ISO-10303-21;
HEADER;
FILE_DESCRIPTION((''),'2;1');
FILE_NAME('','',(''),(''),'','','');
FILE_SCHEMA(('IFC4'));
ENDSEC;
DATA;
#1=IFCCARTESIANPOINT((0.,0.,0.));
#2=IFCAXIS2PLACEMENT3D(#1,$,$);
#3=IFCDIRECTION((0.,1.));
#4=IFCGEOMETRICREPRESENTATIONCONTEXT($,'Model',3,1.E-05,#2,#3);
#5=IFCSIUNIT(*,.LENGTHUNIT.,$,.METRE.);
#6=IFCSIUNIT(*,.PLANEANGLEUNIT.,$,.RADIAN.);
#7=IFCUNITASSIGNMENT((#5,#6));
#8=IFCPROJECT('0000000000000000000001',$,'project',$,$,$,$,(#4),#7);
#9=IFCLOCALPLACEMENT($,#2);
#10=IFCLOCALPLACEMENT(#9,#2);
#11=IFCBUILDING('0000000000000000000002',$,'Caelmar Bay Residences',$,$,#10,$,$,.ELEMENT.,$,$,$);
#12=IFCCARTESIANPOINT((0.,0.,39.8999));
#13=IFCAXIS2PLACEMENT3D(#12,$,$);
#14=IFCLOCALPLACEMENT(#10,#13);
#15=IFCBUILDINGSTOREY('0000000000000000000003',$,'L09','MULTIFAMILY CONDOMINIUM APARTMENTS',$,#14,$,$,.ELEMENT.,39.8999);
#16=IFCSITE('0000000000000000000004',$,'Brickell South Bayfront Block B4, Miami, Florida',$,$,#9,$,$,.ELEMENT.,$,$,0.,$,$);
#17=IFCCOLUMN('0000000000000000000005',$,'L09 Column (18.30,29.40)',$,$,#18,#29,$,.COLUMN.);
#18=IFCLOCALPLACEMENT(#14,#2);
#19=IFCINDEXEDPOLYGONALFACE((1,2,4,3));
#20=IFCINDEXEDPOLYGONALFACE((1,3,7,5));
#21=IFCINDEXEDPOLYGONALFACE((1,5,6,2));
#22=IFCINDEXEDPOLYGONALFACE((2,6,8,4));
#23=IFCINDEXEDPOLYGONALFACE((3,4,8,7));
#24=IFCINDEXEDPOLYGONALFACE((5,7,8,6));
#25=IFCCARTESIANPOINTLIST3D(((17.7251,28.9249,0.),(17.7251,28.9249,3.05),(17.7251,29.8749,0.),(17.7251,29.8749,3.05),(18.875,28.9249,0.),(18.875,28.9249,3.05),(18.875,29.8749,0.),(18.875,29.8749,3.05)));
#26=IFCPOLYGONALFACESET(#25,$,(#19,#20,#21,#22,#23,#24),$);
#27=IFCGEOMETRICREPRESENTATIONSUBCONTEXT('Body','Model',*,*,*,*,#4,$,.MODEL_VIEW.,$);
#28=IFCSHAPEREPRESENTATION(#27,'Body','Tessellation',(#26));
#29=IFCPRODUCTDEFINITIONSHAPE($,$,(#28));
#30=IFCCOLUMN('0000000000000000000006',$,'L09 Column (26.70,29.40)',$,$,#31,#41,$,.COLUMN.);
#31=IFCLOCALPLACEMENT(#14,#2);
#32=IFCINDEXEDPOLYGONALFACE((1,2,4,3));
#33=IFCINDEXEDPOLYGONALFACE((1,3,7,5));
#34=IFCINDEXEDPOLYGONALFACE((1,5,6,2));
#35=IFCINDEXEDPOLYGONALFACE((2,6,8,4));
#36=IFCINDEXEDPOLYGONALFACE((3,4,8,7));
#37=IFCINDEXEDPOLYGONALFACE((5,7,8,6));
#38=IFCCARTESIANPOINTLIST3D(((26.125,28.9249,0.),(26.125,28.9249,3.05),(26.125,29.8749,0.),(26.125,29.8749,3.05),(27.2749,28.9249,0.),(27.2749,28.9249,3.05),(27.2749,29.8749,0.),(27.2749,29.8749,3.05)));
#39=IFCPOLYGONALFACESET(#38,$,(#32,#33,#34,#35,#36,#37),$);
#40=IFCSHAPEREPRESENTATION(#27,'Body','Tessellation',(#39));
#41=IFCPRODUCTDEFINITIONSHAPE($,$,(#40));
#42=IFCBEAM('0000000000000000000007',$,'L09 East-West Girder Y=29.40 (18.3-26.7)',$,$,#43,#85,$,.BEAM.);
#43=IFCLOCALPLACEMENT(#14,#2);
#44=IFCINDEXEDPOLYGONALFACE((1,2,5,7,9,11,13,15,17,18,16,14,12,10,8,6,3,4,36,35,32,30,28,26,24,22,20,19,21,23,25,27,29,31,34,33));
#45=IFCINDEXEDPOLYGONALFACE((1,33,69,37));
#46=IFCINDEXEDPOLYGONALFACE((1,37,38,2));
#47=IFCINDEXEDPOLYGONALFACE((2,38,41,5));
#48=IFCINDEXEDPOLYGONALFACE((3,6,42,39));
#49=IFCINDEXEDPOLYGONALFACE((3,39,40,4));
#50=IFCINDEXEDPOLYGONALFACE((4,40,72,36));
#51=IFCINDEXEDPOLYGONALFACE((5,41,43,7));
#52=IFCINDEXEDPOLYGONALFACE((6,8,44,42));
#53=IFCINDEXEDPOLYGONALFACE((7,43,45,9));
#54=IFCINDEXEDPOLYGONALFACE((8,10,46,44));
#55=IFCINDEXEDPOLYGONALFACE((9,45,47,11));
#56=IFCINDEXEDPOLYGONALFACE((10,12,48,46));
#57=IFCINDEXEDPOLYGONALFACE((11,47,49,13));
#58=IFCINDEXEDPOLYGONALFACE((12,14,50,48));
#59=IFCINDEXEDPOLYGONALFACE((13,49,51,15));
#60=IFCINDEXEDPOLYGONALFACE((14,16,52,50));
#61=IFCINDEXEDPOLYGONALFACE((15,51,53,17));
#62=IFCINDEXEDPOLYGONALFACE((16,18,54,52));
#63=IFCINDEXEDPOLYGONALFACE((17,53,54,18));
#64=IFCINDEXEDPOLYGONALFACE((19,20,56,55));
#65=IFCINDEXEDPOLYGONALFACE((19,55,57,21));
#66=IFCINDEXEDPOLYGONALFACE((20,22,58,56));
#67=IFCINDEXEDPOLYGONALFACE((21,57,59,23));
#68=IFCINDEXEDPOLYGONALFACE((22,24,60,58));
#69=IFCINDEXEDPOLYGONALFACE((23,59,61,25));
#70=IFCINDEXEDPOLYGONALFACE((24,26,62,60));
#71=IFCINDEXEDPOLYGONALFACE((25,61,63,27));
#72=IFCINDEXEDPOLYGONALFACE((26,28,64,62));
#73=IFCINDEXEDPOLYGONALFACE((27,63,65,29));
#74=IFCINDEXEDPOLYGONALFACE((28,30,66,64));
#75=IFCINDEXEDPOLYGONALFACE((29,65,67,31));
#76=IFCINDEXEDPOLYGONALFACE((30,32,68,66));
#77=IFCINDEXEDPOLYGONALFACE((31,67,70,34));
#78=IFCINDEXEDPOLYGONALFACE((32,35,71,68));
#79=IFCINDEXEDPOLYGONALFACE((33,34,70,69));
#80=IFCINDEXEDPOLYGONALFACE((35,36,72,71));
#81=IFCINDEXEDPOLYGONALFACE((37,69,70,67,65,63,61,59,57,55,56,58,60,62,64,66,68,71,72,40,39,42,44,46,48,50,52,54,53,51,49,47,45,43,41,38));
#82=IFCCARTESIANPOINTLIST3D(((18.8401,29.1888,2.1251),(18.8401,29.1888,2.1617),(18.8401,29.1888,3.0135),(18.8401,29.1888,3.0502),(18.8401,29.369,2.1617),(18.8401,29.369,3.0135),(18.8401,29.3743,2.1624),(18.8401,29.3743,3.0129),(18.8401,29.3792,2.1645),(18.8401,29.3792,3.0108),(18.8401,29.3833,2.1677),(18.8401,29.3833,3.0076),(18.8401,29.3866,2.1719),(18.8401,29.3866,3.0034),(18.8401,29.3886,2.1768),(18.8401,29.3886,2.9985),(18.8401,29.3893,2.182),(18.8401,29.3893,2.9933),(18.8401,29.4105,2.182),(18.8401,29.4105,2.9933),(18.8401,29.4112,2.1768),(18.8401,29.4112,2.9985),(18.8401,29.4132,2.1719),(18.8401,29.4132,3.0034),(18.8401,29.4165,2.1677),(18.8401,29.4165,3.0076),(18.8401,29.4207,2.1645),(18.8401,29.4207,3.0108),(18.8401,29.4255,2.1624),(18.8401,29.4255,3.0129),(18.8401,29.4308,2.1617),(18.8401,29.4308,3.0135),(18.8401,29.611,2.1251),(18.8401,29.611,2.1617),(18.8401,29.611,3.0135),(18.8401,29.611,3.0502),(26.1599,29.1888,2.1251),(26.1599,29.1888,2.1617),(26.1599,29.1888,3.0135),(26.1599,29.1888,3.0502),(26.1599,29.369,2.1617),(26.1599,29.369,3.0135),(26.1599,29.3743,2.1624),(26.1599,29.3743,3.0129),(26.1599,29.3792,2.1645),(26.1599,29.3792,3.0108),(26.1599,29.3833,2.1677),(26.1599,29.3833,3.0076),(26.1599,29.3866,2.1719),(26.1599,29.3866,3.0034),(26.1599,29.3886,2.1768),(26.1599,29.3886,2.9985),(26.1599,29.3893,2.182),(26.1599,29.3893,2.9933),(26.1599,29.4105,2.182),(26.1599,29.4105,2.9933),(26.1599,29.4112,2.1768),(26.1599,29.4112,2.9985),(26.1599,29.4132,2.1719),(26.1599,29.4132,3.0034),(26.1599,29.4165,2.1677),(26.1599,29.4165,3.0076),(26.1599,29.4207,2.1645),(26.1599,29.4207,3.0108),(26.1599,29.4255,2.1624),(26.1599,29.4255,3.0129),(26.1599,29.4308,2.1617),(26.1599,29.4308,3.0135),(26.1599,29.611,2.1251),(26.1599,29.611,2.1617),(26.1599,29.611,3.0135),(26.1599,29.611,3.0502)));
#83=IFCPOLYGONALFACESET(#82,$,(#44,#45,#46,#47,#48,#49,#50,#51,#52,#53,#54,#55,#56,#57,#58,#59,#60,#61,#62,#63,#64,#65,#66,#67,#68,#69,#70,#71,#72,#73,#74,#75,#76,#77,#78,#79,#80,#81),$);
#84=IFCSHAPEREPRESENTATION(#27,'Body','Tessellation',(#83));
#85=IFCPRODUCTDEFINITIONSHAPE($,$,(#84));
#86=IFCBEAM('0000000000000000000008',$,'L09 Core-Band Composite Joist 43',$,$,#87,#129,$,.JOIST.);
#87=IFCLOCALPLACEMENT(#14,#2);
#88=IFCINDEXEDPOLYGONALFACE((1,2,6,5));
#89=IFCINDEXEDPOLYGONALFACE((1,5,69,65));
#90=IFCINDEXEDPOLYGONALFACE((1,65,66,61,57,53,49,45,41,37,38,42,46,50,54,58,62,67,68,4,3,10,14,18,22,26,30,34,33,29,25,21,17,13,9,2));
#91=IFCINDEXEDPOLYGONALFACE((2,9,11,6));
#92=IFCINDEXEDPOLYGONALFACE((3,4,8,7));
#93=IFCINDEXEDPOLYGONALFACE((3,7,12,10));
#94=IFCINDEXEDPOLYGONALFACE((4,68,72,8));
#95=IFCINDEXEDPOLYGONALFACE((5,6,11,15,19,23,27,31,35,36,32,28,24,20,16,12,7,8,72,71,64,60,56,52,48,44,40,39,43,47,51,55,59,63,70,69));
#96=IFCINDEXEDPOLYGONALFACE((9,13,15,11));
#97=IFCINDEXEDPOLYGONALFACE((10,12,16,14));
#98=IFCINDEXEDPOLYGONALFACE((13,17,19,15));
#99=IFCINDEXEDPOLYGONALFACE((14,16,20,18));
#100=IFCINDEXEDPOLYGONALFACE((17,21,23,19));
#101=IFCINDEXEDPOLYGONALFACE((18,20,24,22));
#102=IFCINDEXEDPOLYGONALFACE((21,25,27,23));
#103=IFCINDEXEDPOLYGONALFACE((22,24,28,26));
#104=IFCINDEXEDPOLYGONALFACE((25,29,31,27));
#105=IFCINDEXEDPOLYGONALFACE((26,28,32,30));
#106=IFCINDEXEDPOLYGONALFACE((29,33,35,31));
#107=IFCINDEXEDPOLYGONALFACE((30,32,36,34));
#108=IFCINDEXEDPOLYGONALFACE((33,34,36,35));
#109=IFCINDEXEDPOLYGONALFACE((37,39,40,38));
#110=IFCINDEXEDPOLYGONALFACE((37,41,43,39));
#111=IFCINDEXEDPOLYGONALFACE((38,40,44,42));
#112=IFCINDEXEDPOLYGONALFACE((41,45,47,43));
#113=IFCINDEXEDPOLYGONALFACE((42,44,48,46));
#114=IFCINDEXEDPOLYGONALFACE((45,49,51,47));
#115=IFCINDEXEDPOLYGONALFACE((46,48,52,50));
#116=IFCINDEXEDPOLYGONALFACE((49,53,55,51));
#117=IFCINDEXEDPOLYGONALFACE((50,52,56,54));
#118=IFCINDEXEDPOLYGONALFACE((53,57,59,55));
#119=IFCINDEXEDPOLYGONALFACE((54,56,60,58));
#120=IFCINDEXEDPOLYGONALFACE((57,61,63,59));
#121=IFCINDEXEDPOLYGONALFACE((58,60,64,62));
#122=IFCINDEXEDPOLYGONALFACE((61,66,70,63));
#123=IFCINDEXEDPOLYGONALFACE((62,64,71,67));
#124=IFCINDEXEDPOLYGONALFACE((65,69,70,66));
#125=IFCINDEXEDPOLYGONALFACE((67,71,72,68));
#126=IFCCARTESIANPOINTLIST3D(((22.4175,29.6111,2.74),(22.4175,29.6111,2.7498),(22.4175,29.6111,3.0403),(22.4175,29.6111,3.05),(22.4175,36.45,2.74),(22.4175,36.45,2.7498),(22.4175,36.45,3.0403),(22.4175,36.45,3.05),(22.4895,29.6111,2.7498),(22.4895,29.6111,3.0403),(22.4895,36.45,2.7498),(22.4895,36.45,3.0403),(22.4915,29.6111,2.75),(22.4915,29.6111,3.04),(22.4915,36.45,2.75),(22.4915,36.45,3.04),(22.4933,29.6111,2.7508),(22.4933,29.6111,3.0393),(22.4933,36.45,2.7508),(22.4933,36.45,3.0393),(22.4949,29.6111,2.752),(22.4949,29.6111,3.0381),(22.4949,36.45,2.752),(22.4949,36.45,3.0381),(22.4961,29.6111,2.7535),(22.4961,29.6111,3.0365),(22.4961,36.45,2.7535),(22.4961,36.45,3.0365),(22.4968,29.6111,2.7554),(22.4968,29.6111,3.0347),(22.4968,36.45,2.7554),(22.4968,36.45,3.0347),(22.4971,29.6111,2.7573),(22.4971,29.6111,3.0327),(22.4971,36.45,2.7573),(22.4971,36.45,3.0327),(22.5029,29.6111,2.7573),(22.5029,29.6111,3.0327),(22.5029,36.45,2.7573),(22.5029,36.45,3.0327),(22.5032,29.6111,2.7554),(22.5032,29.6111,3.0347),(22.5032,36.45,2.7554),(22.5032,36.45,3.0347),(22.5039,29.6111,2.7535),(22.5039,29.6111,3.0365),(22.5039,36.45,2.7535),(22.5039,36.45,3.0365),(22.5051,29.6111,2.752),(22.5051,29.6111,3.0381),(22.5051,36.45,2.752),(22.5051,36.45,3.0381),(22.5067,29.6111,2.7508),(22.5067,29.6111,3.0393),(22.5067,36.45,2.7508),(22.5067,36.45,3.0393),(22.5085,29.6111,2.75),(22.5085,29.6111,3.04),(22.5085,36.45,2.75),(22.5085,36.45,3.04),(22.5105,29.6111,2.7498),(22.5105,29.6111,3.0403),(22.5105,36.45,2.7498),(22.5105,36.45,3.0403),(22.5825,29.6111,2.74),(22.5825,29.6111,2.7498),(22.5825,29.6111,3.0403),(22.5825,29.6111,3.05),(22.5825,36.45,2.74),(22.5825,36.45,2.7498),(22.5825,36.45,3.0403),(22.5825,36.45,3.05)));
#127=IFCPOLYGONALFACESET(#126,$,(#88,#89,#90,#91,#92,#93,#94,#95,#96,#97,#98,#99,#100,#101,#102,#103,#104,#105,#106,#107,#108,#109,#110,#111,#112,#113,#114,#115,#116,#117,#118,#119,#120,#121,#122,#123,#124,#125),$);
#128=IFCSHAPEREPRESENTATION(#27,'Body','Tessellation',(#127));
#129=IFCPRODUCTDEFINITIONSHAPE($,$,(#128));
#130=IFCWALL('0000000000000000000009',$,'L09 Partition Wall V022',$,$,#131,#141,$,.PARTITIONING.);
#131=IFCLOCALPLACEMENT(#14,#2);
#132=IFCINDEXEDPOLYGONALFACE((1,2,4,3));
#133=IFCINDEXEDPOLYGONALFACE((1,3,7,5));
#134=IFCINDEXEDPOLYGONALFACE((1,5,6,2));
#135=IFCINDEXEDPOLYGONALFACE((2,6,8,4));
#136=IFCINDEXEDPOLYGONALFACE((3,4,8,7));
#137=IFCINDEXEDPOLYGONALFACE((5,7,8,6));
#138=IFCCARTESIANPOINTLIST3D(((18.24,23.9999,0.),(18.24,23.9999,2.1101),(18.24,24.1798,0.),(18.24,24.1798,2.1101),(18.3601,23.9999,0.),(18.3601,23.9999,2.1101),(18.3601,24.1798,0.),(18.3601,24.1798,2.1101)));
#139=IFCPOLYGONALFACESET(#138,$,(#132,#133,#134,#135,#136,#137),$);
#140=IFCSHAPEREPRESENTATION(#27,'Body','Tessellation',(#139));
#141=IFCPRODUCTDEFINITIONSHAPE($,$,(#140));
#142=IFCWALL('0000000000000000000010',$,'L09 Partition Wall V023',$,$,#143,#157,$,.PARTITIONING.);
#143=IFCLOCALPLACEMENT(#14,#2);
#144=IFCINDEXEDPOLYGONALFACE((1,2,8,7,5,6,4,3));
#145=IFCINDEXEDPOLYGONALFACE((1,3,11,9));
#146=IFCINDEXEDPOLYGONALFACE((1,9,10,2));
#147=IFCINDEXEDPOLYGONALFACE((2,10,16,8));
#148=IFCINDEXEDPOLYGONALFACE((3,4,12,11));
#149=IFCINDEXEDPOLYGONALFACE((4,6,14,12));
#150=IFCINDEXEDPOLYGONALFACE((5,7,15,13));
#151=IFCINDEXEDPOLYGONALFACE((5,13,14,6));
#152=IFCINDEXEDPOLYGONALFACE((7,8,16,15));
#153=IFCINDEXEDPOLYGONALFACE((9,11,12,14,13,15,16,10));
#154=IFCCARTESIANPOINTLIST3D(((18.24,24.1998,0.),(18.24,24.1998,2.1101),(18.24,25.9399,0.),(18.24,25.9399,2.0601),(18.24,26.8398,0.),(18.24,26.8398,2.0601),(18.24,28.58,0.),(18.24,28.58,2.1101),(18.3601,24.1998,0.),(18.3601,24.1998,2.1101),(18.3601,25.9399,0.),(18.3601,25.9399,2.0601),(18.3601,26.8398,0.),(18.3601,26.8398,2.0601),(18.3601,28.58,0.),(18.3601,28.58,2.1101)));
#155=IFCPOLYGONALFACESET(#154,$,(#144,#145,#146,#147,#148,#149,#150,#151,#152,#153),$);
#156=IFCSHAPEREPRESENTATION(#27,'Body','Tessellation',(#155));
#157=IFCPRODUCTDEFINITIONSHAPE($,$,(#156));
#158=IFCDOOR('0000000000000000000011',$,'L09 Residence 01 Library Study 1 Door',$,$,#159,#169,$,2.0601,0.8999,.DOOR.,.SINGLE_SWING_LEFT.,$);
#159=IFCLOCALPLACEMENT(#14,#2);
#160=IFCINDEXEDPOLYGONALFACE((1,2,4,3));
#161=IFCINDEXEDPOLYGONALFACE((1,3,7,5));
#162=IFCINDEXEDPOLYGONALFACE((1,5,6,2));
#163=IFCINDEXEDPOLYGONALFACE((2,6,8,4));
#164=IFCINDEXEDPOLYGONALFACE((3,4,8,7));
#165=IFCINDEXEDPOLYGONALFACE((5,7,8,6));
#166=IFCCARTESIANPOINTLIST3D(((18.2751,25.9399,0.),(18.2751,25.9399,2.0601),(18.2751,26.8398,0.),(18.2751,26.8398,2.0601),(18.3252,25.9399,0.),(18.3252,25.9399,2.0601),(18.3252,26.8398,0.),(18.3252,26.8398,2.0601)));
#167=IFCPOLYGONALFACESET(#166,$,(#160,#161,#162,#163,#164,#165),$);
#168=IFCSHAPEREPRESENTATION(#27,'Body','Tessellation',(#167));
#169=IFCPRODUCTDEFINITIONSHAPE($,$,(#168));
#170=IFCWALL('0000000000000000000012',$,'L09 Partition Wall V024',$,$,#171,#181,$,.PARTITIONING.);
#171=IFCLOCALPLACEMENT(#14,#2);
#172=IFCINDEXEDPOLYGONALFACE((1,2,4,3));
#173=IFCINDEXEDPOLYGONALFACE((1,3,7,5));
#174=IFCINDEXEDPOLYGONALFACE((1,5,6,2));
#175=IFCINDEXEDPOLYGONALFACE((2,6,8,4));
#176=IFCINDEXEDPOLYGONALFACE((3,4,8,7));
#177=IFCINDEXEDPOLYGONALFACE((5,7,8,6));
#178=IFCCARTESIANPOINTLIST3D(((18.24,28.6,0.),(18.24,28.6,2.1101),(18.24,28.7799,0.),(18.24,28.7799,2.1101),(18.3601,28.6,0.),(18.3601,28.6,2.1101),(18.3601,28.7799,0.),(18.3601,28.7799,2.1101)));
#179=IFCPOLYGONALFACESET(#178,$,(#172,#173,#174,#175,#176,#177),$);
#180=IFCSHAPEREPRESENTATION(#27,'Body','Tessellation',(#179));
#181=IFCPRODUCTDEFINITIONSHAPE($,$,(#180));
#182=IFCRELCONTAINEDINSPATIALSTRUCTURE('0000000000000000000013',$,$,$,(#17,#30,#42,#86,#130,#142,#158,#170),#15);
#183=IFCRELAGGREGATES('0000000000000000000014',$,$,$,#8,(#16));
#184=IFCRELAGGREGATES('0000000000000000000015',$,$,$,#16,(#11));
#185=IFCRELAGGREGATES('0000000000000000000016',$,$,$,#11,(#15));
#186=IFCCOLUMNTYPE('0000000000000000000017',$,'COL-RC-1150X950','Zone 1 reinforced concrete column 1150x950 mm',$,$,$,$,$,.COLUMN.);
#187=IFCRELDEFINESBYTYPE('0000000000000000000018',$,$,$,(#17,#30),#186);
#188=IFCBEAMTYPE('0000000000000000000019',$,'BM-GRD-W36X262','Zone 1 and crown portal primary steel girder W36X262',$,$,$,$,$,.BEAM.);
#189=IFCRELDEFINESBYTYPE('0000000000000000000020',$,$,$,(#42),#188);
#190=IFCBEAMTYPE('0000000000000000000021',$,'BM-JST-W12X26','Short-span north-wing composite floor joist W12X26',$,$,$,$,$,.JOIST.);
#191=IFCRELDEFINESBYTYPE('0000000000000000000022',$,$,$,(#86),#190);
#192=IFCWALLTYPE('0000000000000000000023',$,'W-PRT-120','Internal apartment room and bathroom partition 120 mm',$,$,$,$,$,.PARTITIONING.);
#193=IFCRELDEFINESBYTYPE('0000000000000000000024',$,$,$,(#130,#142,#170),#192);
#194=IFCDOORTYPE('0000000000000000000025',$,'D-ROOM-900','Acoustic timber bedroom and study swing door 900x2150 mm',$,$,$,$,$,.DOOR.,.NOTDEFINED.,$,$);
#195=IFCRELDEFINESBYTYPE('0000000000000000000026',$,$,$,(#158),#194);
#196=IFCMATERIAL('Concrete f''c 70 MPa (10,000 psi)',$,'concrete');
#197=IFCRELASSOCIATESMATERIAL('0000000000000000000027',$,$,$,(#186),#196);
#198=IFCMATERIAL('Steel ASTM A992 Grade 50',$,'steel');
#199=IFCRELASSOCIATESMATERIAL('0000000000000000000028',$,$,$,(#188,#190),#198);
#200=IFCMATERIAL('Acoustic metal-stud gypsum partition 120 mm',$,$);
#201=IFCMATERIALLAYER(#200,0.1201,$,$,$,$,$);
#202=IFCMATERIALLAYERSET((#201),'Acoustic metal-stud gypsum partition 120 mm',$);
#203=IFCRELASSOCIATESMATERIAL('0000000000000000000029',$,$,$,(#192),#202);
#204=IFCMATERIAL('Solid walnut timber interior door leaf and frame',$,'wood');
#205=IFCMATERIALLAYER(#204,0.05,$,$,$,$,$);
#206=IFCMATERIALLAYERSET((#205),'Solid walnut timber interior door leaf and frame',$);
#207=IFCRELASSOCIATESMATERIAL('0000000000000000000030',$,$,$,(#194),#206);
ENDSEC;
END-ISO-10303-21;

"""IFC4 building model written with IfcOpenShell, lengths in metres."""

from ifc_helpers import new_model, si_unit, direction, frame, frame_2d, origin, origin_2d, place, context, subcontext, project, spatial, rectangle, i_section, extrude, material, layer, layer_set, material_profile, profile_set, type_object, element, fill, save


model = new_model("IFC4")

# Units and contexts
model_context = context("Model", 3, precision=1e-05, world=origin(), true_north=direction((0.0, 1.0)))
body_context = subcontext(model_context, "Body", "Model", "MODEL_VIEW")
ifc_project = project(units=[si_unit("LENGTHUNIT", "METRE"), si_unit("PLANEANGLEUNIT", "RADIAN")], contexts=[model_context])

# Site, building, storey
site_placement = place(None, origin())
site = spatial("IfcSite", under=ifc_project, at=site_placement, Name="Brickell South Bayfront Block B4, Miami, Florida", CompositionType="ELEMENT", RefElevation=0.0)
building_placement = place(site_placement, origin())
building = spatial("IfcBuilding", under=site, at=building_placement, Name="Caelmar Bay Residences", CompositionType="ELEMENT")
storey_placement = place(building_placement, frame((0.0, 0.0, 39.8999)))
storey = spatial("IfcBuildingStorey", under=building, at=storey_placement, Name="L09", Description="MULTIFAMILY CONDOMINIUM APARTMENTS", CompositionType="ELEMENT", Elevation=39.8999)

# Columns
ifc_material_1 = material(Name="Concrete f'c 70 MPa (10,000 psi)", Category="concrete")
ifc_material_profile_1 = material_profile(ifc_material_1, rectangle(XDim=1.1499, YDim=0.95, at=origin_2d()), Name="RC-COL-1150X950")
ifc_profile_set_1 = profile_set([ifc_material_profile_1], Name="Concrete f'c 70 MPa (10,000 psi)")
column_type = type_object("IfcColumnType", Name="COL-RC-1150X950", Description="Zone 1 reinforced concrete column 1150x950 mm", PredefinedType="COLUMN", material=ifc_profile_set_1)
for number, where, z_axis, x_axis, name in (
    (1, (18.3, 29.3999, 0.0), (0.0, 0.0, 1.0), (1.0, 0.0, 0.0), "L09 Column (18.30,29.40)"),
    (2, (26.7, 29.3999, 0.0), (0.0, 0.0, 1.0), (1.0, 0.0, 0.0), "L09 Column (26.70,29.40)"),
):
    element("IfcColumn", number, at=place(storey_placement, frame(where, z_axis=z_axis, x_axis=x_axis)), inside=storey, type_object=column_type, Name=name, PredefinedType="COLUMN", context=body_context, shape_type="SweptSolid", body=[
        extrude(rectangle(XDim=1.1499, YDim=0.95, at=origin_2d()), origin(), (0.0, 0.0, 1.0), 3.05),
    ])

# Beams
ifc_material_2 = material(Name="Steel ASTM A992 Grade 50", Category="steel")
ifc_material_profile_2 = material_profile(ifc_material_2, i_section(OverallWidth=0.4221, OverallDepth=0.925, WebThickness=0.0212, FlangeThickness=0.0366, FilletRadius=0.0203, at=origin_2d()), Name="W36X262")
ifc_profile_set_2 = profile_set([ifc_material_profile_2], Name="Steel ASTM A992 Grade 50")
beam_type_1 = type_object("IfcBeamType", Name="BM-GRD-W36X262", Description="Zone 1 and crown portal primary steel girder W36X262", PredefinedType="BEAM", material=ifc_profile_set_2)
beam_1_placement = place(storey_placement, frame((18.8401, 29.3999, 2.5876), z_axis=(1.0, 0.0, 0.0), x_axis=(0.0, 1.0, 0.0)))
element("IfcBeam", 3, at=beam_1_placement, inside=storey, type_object=beam_type_1, Name="L09 East-West Girder Y=29.40 (18.3-26.7)", PredefinedType="BEAM", context=body_context, shape_type="SweptSolid", body=[
    extrude(i_section(OverallWidth=0.4221, OverallDepth=0.925, WebThickness=0.0212, FlangeThickness=0.0366, FilletRadius=0.0203, at=origin_2d()), origin(), (0.0, 0.0, 1.0), 7.3198),
])
ifc_material_profile_3 = material_profile(ifc_material_2, i_section(OverallWidth=0.165, OverallDepth=0.3101, WebThickness=0.0059, FlangeThickness=0.0098, FilletRadius=0.0076, at=origin_2d()), Name="W12X26")
ifc_profile_set_3 = profile_set([ifc_material_profile_3], Name="Steel ASTM A992 Grade 50")
beam_type_2 = type_object("IfcBeamType", Name="BM-JST-W12X26", Description="Short-span north-wing composite floor joist W12X26", PredefinedType="JOIST", material=ifc_profile_set_3)
beam_2_placement = place(storey_placement, frame((22.5, 29.6111, 2.895), z_axis=(0.0, 1.0, 0.0), x_axis=(-1.0, 0.0, 0.0)))
element("IfcBeam", 4, at=beam_2_placement, inside=storey, type_object=beam_type_2, Name="L09 Core-Band Composite Joist 43", PredefinedType="JOIST", context=body_context, shape_type="SweptSolid", body=[
    extrude(i_section(OverallWidth=0.165, OverallDepth=0.3101, WebThickness=0.0059, FlangeThickness=0.0098, FilletRadius=0.0076, at=origin_2d()), origin(), (0.0, 0.0, 1.0), 6.8389),
])

# Wall
ifc_material_3 = material(Name="Acoustic metal-stud gypsum partition 120 mm")
ifc_layer_1 = layer(ifc_material_3, 0.1201)
ifc_layer_set_1 = layer_set([ifc_layer_1], Name="Acoustic metal-stud gypsum partition 120 mm")
wall_type_1 = type_object("IfcWallType", Name="W-PRT-120", Description="Internal apartment room and bathroom partition 120 mm", PredefinedType="PARTITIONING", material=ifc_layer_set_1)
wall_1_placement = place(storey_placement, frame((18.3, 24.0, 0.0), z_axis=(0.0, 0.0, 1.0), x_axis=(0.0, 1.0, 0.0)))
element("IfcWall", 5, at=wall_1_placement, inside=storey, type_object=wall_type_1, Name="L09 Partition Wall V022", PredefinedType="PARTITIONING", context=body_context, shape_type="SweptSolid", body=[
    extrude(rectangle(XDim=0.1799, YDim=0.1201, at=frame_2d((0.0898, 0.0))), origin(), (0.0, 0.0, 1.0), 2.1101),
])

# Wall, opening, door
wall_2_placement = place(storey_placement, frame((18.3, 24.2, 0.0), z_axis=(0.0, 0.0, 1.0), x_axis=(0.0, 1.0, 0.0)))
wall_2 = element("IfcWall", 6, at=wall_2_placement, inside=storey, type_object=wall_type_1, Name="L09 Partition Wall V023", PredefinedType="PARTITIONING", context=body_context, shape_type="SweptSolid", body=[
    extrude(rectangle(XDim=4.3801, YDim=0.1201, at=frame_2d((2.1899, 0.0))), origin(), (0.0, 0.0, 1.0), 2.1101),
])
opening_1_placement = place(wall_2_placement, frame((1.74, 0.0, 0.0)))
opening_1 = element("IfcOpeningElement", 7, at=opening_1_placement, cuts=wall_2, PredefinedType="OPENING", context=body_context, shape_type="SweptSolid", body=[
    extrude(rectangle(XDim=0.8999, YDim=2.0601, at=frame_2d((0.45, 1.03))), frame((0.0, 0.0701, 0.0), z_axis=(0.0, -1.0, 0.0), x_axis=(1.0, 0.0, 0.0)), (0.0, 0.0, 1.0), 0.1401),
])
ifc_material_4 = material(Name="Solid walnut timber interior door leaf and frame", Category="wood")
ifc_layer_2 = layer(ifc_material_4, 0.05)
ifc_layer_set_2 = layer_set([ifc_layer_2], Name="Solid walnut timber interior door leaf and frame")
door_type_1 = type_object("IfcDoorType", Name="D-ROOM-900", Description="Acoustic timber bedroom and study swing door 900x2150 mm", OperationType="NOTDEFINED", PredefinedType="DOOR", material=ifc_layer_set_2)
door_1_placement = place(opening_1_placement, origin())
door_1 = element("IfcDoor", 8, at=door_1_placement, inside=storey, type_object=door_type_1, Name="L09 Residence 01 Library Study 1 Door", OperationType="SINGLE_SWING_LEFT", OverallHeight=2.0601, OverallWidth=0.8999, PredefinedType="DOOR", context=body_context, shape_type="SweptSolid", body=[
    extrude(rectangle(XDim=0.8999, YDim=2.0601, at=frame_2d((0.45, 1.03))), frame((0.0, 0.0249, 0.0), z_axis=(0.0, -1.0, 0.0), x_axis=(1.0, 0.0, 0.0)), (0.0, 0.0, 1.0), 0.05),
])
fill(opening_1, door_1)

# Wall
wall_3_placement = place(storey_placement, frame((18.3, 28.6001, 0.0), z_axis=(0.0, 0.0, 1.0), x_axis=(0.0, 1.0, 0.0)))
element("IfcWall", 9, at=wall_3_placement, inside=storey, type_object=wall_type_1, Name="L09 Partition Wall V024", PredefinedType="PARTITIONING", context=body_context, shape_type="SweptSolid", body=[
    extrude(rectangle(XDim=0.1799, YDim=0.1201, at=frame_2d((0.0898, 0.0))), origin(), (0.0, 0.0, 1.0), 2.1101),
])

save(model, "model.ifc")
